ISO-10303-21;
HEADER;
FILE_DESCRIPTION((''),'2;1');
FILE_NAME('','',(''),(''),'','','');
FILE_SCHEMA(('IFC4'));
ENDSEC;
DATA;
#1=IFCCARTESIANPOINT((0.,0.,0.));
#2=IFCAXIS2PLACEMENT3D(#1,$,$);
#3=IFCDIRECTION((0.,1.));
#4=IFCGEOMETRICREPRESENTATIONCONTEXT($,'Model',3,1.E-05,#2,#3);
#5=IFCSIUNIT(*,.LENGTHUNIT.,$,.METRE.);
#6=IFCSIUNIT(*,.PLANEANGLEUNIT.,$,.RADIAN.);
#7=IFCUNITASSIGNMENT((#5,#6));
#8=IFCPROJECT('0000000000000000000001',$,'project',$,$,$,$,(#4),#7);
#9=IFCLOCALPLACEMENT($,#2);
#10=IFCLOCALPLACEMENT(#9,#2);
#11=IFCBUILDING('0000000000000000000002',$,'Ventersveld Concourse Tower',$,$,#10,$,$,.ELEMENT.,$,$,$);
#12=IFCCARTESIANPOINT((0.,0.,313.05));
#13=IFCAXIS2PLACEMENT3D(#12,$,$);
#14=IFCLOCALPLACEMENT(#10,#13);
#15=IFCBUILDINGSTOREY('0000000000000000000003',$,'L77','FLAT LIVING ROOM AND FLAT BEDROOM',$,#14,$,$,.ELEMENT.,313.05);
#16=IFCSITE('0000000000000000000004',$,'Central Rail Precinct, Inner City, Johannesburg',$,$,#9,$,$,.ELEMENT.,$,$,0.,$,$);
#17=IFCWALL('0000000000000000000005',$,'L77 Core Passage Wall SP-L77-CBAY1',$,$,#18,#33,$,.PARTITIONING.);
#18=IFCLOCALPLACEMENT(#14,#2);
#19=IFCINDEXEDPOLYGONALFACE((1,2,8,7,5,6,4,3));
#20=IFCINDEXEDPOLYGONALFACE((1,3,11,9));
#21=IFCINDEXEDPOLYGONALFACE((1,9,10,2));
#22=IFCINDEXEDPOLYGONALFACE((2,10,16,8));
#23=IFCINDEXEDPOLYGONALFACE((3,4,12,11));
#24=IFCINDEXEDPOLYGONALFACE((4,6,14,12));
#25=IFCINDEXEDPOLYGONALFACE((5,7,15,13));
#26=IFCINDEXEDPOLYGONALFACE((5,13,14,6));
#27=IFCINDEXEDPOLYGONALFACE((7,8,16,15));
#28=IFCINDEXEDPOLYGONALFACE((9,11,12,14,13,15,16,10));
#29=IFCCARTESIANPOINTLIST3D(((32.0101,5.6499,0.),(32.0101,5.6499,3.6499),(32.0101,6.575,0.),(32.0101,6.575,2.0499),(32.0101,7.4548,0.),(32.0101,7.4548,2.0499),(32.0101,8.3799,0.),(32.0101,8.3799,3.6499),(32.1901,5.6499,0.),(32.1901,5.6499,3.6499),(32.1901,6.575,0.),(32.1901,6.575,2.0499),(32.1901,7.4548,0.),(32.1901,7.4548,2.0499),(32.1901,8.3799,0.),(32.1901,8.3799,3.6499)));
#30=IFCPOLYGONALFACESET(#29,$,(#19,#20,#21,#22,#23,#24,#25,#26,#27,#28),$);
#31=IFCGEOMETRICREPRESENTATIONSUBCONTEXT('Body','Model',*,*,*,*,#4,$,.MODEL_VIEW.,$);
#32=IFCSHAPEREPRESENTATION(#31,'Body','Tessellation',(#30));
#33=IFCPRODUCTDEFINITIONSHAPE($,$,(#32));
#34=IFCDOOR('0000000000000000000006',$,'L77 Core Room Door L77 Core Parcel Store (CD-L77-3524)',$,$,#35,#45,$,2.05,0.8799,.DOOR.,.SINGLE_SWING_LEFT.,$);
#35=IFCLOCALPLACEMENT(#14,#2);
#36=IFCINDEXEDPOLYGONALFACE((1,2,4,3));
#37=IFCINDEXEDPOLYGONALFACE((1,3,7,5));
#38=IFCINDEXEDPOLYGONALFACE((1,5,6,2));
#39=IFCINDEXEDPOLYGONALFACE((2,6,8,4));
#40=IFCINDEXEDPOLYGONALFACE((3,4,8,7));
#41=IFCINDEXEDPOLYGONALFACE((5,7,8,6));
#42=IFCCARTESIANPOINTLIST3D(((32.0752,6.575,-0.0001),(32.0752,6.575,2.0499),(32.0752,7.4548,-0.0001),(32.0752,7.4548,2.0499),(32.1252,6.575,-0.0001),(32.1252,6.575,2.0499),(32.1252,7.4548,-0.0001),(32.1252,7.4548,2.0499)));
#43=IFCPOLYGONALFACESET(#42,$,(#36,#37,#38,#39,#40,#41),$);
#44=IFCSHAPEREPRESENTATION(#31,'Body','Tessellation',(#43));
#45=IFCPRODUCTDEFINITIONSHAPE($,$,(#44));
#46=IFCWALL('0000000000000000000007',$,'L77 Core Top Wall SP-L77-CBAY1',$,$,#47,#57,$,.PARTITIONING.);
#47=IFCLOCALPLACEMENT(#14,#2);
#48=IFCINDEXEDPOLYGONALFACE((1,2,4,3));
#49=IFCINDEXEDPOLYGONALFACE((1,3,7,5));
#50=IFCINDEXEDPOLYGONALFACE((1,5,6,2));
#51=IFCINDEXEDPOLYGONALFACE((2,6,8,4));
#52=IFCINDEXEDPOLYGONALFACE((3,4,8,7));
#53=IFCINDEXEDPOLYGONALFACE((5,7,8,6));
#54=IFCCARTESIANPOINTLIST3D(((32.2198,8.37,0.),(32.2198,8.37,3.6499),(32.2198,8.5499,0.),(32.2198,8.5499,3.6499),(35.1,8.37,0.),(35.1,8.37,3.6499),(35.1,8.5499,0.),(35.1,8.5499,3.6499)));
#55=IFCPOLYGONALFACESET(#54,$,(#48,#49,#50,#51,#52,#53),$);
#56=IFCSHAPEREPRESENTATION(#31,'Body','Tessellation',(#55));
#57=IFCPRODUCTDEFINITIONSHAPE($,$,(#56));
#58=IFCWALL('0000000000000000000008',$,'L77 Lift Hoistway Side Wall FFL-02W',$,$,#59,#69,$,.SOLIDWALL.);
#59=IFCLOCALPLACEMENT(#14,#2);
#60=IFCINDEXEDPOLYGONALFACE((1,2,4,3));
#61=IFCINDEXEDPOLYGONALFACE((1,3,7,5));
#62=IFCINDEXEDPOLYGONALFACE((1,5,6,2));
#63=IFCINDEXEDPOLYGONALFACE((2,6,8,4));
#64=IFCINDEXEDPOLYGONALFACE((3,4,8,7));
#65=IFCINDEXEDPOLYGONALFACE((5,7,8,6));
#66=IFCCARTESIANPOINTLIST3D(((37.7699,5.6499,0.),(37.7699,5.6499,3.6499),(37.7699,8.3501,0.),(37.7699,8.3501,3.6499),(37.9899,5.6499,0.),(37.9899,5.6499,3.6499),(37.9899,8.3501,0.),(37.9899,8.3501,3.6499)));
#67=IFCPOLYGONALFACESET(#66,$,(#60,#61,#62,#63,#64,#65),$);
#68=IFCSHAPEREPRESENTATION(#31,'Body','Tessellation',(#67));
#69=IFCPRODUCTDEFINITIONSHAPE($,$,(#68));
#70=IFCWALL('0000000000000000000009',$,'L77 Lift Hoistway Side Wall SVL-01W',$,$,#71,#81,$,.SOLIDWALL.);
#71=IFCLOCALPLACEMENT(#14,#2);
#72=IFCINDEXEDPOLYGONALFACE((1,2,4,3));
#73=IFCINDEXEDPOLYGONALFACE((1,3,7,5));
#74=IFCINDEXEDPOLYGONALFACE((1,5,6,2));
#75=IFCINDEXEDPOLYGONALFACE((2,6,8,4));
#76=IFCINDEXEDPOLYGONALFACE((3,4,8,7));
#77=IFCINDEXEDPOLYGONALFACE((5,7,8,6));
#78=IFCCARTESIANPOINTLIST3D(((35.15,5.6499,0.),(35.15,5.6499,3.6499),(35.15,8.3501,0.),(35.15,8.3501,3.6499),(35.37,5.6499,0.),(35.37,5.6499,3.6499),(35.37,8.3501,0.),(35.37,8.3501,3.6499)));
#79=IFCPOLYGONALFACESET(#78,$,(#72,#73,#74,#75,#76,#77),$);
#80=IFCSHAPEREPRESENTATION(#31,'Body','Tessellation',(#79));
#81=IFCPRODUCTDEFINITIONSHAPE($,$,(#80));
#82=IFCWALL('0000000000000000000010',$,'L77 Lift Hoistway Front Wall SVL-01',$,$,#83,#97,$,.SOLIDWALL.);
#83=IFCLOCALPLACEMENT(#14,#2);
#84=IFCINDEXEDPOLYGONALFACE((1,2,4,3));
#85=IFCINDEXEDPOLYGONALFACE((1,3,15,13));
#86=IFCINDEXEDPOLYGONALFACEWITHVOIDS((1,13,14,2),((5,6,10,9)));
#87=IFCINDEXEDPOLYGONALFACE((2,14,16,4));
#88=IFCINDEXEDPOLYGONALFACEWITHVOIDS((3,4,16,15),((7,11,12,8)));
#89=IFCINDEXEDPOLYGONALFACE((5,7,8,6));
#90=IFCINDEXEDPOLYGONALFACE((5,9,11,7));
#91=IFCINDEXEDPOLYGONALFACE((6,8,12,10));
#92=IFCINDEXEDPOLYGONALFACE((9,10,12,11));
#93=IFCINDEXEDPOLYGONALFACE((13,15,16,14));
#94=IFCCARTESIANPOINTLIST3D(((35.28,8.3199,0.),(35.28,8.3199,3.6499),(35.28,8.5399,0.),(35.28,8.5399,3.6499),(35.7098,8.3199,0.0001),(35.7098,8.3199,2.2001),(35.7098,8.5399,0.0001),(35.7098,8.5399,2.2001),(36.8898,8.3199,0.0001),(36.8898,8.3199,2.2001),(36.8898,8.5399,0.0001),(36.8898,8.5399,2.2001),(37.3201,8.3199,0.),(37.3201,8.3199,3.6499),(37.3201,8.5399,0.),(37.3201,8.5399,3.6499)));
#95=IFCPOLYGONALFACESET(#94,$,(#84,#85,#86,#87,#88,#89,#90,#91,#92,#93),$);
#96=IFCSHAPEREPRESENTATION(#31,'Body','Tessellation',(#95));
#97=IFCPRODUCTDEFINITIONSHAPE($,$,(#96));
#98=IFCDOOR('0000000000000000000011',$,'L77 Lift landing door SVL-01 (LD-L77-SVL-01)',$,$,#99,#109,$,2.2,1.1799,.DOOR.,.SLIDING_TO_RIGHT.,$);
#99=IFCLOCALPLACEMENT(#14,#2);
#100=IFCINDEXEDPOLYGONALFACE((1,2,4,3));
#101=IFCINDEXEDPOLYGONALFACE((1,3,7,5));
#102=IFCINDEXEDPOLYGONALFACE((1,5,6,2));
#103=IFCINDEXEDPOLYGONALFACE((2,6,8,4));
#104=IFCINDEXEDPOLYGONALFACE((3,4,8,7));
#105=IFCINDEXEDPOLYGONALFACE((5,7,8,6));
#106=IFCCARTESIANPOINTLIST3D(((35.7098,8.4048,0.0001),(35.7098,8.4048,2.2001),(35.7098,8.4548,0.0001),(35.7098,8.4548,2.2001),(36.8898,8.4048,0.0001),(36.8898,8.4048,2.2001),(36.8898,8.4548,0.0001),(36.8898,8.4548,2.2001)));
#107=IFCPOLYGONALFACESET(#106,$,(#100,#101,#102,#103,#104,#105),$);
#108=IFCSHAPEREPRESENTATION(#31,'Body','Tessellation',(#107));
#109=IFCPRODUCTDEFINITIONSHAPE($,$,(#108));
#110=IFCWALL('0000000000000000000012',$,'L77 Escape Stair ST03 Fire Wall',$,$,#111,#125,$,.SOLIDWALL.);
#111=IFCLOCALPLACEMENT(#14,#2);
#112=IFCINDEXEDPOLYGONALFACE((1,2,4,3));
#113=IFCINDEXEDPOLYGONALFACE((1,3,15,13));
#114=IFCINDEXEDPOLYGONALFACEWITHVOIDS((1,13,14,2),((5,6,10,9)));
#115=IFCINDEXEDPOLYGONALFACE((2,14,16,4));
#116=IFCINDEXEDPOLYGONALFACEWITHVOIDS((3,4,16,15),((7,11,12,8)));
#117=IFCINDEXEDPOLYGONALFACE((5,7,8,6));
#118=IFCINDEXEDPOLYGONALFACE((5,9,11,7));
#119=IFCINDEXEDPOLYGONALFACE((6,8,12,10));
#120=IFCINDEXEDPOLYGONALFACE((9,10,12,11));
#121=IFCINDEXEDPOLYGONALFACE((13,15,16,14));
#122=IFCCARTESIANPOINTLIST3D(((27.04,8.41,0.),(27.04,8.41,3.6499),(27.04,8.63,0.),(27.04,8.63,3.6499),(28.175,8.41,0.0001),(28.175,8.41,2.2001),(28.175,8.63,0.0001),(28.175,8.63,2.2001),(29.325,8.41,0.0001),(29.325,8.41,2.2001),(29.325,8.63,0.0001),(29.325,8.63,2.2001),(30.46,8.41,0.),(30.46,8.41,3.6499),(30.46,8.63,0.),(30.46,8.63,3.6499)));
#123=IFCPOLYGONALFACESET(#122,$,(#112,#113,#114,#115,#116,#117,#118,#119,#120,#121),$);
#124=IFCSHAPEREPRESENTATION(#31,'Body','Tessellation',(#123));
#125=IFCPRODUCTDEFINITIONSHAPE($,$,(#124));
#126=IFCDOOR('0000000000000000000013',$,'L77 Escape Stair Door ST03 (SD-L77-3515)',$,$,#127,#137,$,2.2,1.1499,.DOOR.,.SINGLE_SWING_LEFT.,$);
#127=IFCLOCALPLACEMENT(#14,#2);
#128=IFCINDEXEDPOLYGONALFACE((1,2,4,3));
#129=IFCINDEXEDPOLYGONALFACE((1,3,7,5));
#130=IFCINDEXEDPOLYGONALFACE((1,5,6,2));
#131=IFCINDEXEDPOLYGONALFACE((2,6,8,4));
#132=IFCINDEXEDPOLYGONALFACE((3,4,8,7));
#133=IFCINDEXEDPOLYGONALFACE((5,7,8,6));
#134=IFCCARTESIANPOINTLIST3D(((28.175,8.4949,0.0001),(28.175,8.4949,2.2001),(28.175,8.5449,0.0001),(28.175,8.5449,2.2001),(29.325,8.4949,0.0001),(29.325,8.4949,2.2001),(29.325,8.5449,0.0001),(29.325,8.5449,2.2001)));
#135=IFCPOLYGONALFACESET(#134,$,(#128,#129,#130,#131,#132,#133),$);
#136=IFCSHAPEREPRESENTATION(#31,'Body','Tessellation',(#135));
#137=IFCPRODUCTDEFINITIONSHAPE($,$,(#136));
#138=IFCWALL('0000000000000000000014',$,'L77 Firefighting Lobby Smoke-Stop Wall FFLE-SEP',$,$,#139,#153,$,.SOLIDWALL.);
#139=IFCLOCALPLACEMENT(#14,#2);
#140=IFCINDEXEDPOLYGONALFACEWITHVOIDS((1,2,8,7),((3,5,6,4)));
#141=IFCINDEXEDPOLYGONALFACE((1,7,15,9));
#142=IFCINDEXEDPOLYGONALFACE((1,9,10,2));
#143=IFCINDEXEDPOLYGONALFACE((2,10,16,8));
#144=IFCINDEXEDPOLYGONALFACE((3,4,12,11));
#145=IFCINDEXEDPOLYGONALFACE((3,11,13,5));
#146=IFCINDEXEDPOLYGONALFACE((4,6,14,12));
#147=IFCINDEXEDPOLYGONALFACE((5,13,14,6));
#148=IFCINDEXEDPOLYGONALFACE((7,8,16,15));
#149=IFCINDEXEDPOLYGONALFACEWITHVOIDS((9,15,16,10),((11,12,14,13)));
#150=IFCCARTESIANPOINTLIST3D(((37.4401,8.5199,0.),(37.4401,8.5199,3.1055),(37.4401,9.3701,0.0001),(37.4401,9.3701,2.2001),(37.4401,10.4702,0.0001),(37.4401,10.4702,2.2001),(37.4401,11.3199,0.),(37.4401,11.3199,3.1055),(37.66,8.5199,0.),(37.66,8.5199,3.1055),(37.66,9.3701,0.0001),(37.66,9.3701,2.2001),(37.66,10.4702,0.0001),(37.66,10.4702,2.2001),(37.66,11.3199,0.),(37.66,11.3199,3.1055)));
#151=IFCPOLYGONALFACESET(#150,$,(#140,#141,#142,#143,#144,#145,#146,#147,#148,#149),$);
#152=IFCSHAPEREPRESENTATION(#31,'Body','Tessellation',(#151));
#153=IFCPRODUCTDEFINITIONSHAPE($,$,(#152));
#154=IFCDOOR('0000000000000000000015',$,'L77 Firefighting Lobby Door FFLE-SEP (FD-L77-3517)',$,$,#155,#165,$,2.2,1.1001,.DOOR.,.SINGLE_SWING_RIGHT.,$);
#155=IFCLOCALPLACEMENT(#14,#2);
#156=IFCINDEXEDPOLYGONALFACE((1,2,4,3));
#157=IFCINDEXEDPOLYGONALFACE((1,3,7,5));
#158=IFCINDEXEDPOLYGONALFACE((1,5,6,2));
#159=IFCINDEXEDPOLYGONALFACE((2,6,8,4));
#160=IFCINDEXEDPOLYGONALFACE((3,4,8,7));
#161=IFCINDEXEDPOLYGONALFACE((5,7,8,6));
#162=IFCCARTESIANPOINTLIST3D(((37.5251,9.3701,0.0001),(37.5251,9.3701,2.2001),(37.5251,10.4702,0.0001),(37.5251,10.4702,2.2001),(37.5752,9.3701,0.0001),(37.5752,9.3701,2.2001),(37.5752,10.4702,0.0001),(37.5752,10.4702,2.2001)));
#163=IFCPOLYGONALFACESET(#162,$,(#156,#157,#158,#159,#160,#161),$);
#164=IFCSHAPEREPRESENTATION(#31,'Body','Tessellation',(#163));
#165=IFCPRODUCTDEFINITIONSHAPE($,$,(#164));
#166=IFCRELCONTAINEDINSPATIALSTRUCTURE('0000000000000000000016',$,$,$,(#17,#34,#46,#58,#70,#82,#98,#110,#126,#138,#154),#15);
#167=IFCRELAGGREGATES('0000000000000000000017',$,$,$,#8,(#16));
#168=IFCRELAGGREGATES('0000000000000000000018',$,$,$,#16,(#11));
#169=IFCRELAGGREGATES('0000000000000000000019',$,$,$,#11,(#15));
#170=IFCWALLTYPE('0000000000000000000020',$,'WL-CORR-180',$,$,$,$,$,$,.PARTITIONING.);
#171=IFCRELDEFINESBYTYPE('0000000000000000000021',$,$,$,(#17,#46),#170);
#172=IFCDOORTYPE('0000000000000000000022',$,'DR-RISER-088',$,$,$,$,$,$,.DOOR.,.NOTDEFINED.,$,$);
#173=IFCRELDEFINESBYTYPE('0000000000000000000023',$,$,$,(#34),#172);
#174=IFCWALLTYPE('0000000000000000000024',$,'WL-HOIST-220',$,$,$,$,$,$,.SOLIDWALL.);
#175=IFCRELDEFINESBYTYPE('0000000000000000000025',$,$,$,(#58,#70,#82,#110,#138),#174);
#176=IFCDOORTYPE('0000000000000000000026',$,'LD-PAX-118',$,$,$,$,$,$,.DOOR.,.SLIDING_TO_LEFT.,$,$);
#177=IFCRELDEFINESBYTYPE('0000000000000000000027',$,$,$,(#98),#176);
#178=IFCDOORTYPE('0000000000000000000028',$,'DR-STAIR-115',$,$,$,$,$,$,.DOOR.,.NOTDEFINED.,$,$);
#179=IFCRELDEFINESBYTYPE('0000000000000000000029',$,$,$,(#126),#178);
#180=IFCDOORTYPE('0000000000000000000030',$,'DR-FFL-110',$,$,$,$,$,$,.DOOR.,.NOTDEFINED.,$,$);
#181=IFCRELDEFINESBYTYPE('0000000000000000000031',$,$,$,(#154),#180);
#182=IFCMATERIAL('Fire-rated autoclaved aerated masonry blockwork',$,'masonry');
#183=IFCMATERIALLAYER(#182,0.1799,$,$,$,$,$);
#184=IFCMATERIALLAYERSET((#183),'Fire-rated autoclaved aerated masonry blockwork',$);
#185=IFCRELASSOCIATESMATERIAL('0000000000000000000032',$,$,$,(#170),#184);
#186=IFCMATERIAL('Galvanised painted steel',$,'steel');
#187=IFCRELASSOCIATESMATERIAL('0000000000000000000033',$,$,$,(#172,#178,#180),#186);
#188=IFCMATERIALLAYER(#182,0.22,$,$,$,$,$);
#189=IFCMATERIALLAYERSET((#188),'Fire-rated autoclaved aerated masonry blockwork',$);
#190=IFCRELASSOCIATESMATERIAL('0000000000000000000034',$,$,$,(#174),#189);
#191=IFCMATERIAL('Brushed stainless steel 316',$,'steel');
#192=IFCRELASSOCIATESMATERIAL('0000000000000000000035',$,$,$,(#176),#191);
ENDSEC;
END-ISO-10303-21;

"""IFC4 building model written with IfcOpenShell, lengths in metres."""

from ifc_helpers import new_model, si_unit, direction, frame, frame_2d, origin, place, context, subcontext, project, spatial, rectangle, extrude, material, layer, layer_set, type_object, element, fill, save


model = new_model("IFC4")

# Units and contexts
model_context = context("Model", 3, precision=1e-05, world=origin(), true_north=direction((0.0, 1.0)))
body_context = subcontext(model_context, "Body", "Model", "MODEL_VIEW")
ifc_project = project(units=[si_unit("LENGTHUNIT", "METRE"), si_unit("PLANEANGLEUNIT", "RADIAN")], contexts=[model_context])

# Site, building, storey
site_placement = place(None, origin())
site = spatial("IfcSite", under=ifc_project, at=site_placement, Name="Central Rail Precinct, Inner City, Johannesburg", CompositionType="ELEMENT", RefElevation=0.0)
building_placement = place(site_placement, origin())
building = spatial("IfcBuilding", under=site, at=building_placement, Name="Ventersveld Concourse Tower", CompositionType="ELEMENT")
storey_placement = place(building_placement, frame((0.0, 0.0, 313.05)))
storey = spatial("IfcBuildingStorey", under=building, at=storey_placement, Name="L77", Description="FLAT LIVING ROOM AND FLAT BEDROOM", CompositionType="ELEMENT", Elevation=313.05)

# Wall, opening, door
ifc_material_1 = material(Name="Fire-rated autoclaved aerated masonry blockwork", Category="masonry")
ifc_layer_1 = layer(ifc_material_1, 0.1799)
ifc_layer_set_1 = layer_set([ifc_layer_1], Name="Fire-rated autoclaved aerated masonry blockwork")
wall_type_1 = type_object("IfcWallType", Name="WL-CORR-180", PredefinedType="PARTITIONING", material=ifc_layer_set_1)
wall_1_placement = place(storey_placement, frame((32.1001, 5.6499, 0.0), z_axis=(0.0, 0.0, 1.0), x_axis=(0.0, 1.0, 0.0)))
wall_1 = element("IfcWall", 1, at=wall_1_placement, inside=storey, type_object=wall_type_1, Name="L77 Core Passage Wall SP-L77-CBAY1", PredefinedType="PARTITIONING", context=body_context, shape_type="SweptSolid", body=[
    extrude(rectangle(XDim=2.73, YDim=0.1799, at=frame_2d((1.365, 0.0))), origin(), (0.0, 0.0, 1.0), 3.6499),
])
opening_1_placement = place(wall_1_placement, frame((0.925, 0.0, 0.0)))
opening_1 = element("IfcOpeningElement", 2, at=opening_1_placement, cuts=wall_1, PredefinedType="OPENING", context=body_context, shape_type="SweptSolid", body=[
    extrude(rectangle(XDim=0.8799, YDim=2.05, at=frame_2d((0.4399, 1.0249))), frame((0.0, 0.1001, 0.0), z_axis=(0.0, -1.0, 0.0), x_axis=(1.0, 0.0, 0.0)), (0.0, 0.0, 1.0), 0.2),
])
ifc_material_2 = material(Name="Galvanised painted steel", Category="steel")
door_type_1 = type_object("IfcDoorType", Name="DR-RISER-088", OperationType="NOTDEFINED", PredefinedType="DOOR", material=ifc_material_2)
door_1_placement = place(opening_1_placement, origin())
door_1 = element("IfcDoor", 3, at=door_1_placement, inside=storey, type_object=door_type_1, Name="L77 Core Room Door L77 Core Parcel Store (CD-L77-3524)", OperationType="SINGLE_SWING_LEFT", OverallHeight=2.05, OverallWidth=0.8799, PredefinedType="DOOR", context=body_context, shape_type="SweptSolid", body=[
    extrude(rectangle(XDim=0.8799, YDim=2.05, at=frame_2d((0.4399, 1.0249))), frame((0.0, 0.0249, 0.0), z_axis=(0.0, -1.0, 0.0), x_axis=(1.0, 0.0, 0.0)), (0.0, 0.0, 1.0), 0.05),
])
fill(opening_1, door_1)

# Walls
wall_2_placement = place(storey_placement, frame((32.22, 8.46, 0.0), z_axis=(0.0, 0.0, 1.0), x_axis=(1.0, 0.0, 0.0)))
element("IfcWall", 4, at=wall_2_placement, inside=storey, type_object=wall_type_1, Name="L77 Core Top Wall SP-L77-CBAY1", PredefinedType="PARTITIONING", context=body_context, shape_type="SweptSolid", body=[
    extrude(rectangle(XDim=2.8801, YDim=0.1799, at=frame_2d((1.4399, 0.0))), origin(), (0.0, 0.0, 1.0), 3.6499),
])
ifc_layer_2 = layer(ifc_material_1, 0.22)
ifc_layer_set_2 = layer_set([ifc_layer_2], Name="Fire-rated autoclaved aerated masonry blockwork")
wall_type_2 = type_object("IfcWallType", Name="WL-HOIST-220", PredefinedType="SOLIDWALL", material=ifc_layer_set_2)
for number, where, z_axis, x_axis, name in (
    (5, (37.8799, 5.6499, 0.0), (0.0, 0.0, 1.0), (0.0, 1.0, 0.0), "L77 Lift Hoistway Side Wall FFL-02W"),
    (6, (35.26, 5.6499, 0.0), (0.0, 0.0, 1.0), (0.0, 1.0, 0.0), "L77 Lift Hoistway Side Wall SVL-01W"),
):
    element("IfcWall", number, at=place(storey_placement, frame(where, z_axis=z_axis, x_axis=x_axis)), inside=storey, type_object=wall_type_2, Name=name, PredefinedType="SOLIDWALL", context=body_context, shape_type="SweptSolid", body=[
        extrude(rectangle(XDim=2.7002, YDim=0.22, at=frame_2d((1.3501, 0.0))), origin(), (0.0, 0.0, 1.0), 3.6499),
    ])

# Walls, openings, doors
wall_3_placement = place(storey_placement, frame((35.28, 8.4299, 0.0), z_axis=(0.0, 0.0, 1.0), x_axis=(1.0, 0.0, 0.0)))
wall_3 = element("IfcWall", 7, at=wall_3_placement, inside=storey, type_object=wall_type_2, Name="L77 Lift Hoistway Front Wall SVL-01", PredefinedType="SOLIDWALL", context=body_context, shape_type="SweptSolid", body=[
    extrude(rectangle(XDim=2.04, YDim=0.22, at=frame_2d((1.02, 0.0))), origin(), (0.0, 0.0, 1.0), 3.6499),
])
opening_2_placement = place(wall_3_placement, frame((0.4299, 0.0, 0.0)))
opening_2 = element("IfcOpeningElement", 8, at=opening_2_placement, cuts=wall_3, PredefinedType="OPENING", context=body_context, shape_type="SweptSolid", body=[
    extrude(rectangle(XDim=1.1799, YDim=2.2, at=frame_2d((0.5898, 1.1001))), frame((0.0, 0.1201, 0.0), z_axis=(0.0, -1.0, 0.0), x_axis=(1.0, 0.0, 0.0)), (0.0, 0.0, 1.0), 0.24),
])
ifc_material_3 = material(Name="Brushed stainless steel 316", Category="steel")
door_type_2 = type_object("IfcDoorType", Name="LD-PAX-118", OperationType="SLIDING_TO_LEFT", PredefinedType="DOOR", material=ifc_material_3)
door_2_placement = place(opening_2_placement, origin())
door_2 = element("IfcDoor", 9, at=door_2_placement, inside=storey, type_object=door_type_2, Name="L77 Lift landing door SVL-01 (LD-L77-SVL-01)", OperationType="SLIDING_TO_RIGHT", OverallHeight=2.2, OverallWidth=1.1799, PredefinedType="DOOR", context=body_context, shape_type="SweptSolid", body=[
    extrude(rectangle(XDim=1.1799, YDim=2.2, at=frame_2d((0.5898, 1.1001))), frame((0.0, 0.0249, 0.0), z_axis=(0.0, -1.0, 0.0), x_axis=(1.0, 0.0, 0.0)), (0.0, 0.0, 1.0), 0.05),
])
fill(opening_2, door_2)
wall_4_placement = place(storey_placement, frame((27.04, 8.52, 0.0), z_axis=(0.0, 0.0, 1.0), x_axis=(1.0, 0.0, 0.0)))
wall_4 = element("IfcWall", 10, at=wall_4_placement, inside=storey, type_object=wall_type_2, Name="L77 Escape Stair ST03 Fire Wall", PredefinedType="SOLIDWALL", context=body_context, shape_type="SweptSolid", body=[
    extrude(rectangle(XDim=3.4199, YDim=0.22, at=frame_2d((1.71, 0.0))), origin(), (0.0, 0.0, 1.0), 3.6499),
])
opening_3_placement = place(wall_4_placement, frame((1.135, 0.0, 0.0)))
opening_3 = element("IfcOpeningElement", 11, at=opening_3_placement, cuts=wall_4, PredefinedType="OPENING", context=body_context, shape_type="SweptSolid", body=[
    extrude(rectangle(XDim=1.1499, YDim=2.2, at=frame_2d((0.575, 1.1001))), frame((0.0, 0.1201, 0.0), z_axis=(0.0, -1.0, 0.0), x_axis=(1.0, 0.0, 0.0)), (0.0, 0.0, 1.0), 0.24),
])
door_type_3 = type_object("IfcDoorType", Name="DR-STAIR-115", OperationType="NOTDEFINED", PredefinedType="DOOR", material=ifc_material_2)
door_3_placement = place(opening_3_placement, origin())
door_3 = element("IfcDoor", 12, at=door_3_placement, inside=storey, type_object=door_type_3, Name="L77 Escape Stair Door ST03 (SD-L77-3515)", OperationType="SINGLE_SWING_LEFT", OverallHeight=2.2, OverallWidth=1.1499, PredefinedType="DOOR", context=body_context, shape_type="SweptSolid", body=[
    extrude(rectangle(XDim=1.1499, YDim=2.2, at=frame_2d((0.575, 1.1001))), frame((0.0, 0.0249, 0.0), z_axis=(0.0, -1.0, 0.0), x_axis=(1.0, 0.0, 0.0)), (0.0, 0.0, 1.0), 0.05),
])
fill(opening_3, door_3)
wall_5_placement = place(storey_placement, frame((37.55, 8.52, 0.0), z_axis=(0.0, 0.0, 1.0), x_axis=(0.0, 1.0, 0.0)))
wall_5 = element("IfcWall", 13, at=wall_5_placement, inside=storey, type_object=wall_type_2, Name="L77 Firefighting Lobby Smoke-Stop Wall FFLE-SEP", PredefinedType="SOLIDWALL", context=body_context, shape_type="SweptSolid", body=[
    extrude(rectangle(XDim=2.8, YDim=0.22, at=frame_2d((1.3999, 0.0))), origin(), (0.0, 0.0, 1.0), 3.1055),
])
opening_4_placement = place(wall_5_placement, frame((0.8501, 0.0, 0.0)))
opening_4 = element("IfcOpeningElement", 14, at=opening_4_placement, cuts=wall_5, PredefinedType="OPENING", context=body_context, shape_type="SweptSolid", body=[
    extrude(rectangle(XDim=1.1001, YDim=2.2, at=frame_2d((0.55, 1.1001))), frame((0.0, 0.1201, 0.0), z_axis=(0.0, -1.0, 0.0), x_axis=(1.0, 0.0, 0.0)), (0.0, 0.0, 1.0), 0.24),
])
door_type_4 = type_object("IfcDoorType", Name="DR-FFL-110", OperationType="NOTDEFINED", PredefinedType="DOOR", material=ifc_material_2)
door_4_placement = place(opening_4_placement, origin())
door_4 = element("IfcDoor", 15, at=door_4_placement, inside=storey, type_object=door_type_4, Name="L77 Firefighting Lobby Door FFLE-SEP (FD-L77-3517)", OperationType="SINGLE_SWING_RIGHT", OverallHeight=2.2, OverallWidth=1.1001, PredefinedType="DOOR", context=body_context, shape_type="SweptSolid", body=[
    extrude(rectangle(XDim=1.1001, YDim=2.2, at=frame_2d((0.55, 1.1001))), frame((0.0, 0.0249, 0.0), z_axis=(0.0, -1.0, 0.0), x_axis=(1.0, 0.0, 0.0)), (0.0, 0.0, 1.0), 0.05),
])
fill(opening_4, door_4)

save(model, "model.ifc")
